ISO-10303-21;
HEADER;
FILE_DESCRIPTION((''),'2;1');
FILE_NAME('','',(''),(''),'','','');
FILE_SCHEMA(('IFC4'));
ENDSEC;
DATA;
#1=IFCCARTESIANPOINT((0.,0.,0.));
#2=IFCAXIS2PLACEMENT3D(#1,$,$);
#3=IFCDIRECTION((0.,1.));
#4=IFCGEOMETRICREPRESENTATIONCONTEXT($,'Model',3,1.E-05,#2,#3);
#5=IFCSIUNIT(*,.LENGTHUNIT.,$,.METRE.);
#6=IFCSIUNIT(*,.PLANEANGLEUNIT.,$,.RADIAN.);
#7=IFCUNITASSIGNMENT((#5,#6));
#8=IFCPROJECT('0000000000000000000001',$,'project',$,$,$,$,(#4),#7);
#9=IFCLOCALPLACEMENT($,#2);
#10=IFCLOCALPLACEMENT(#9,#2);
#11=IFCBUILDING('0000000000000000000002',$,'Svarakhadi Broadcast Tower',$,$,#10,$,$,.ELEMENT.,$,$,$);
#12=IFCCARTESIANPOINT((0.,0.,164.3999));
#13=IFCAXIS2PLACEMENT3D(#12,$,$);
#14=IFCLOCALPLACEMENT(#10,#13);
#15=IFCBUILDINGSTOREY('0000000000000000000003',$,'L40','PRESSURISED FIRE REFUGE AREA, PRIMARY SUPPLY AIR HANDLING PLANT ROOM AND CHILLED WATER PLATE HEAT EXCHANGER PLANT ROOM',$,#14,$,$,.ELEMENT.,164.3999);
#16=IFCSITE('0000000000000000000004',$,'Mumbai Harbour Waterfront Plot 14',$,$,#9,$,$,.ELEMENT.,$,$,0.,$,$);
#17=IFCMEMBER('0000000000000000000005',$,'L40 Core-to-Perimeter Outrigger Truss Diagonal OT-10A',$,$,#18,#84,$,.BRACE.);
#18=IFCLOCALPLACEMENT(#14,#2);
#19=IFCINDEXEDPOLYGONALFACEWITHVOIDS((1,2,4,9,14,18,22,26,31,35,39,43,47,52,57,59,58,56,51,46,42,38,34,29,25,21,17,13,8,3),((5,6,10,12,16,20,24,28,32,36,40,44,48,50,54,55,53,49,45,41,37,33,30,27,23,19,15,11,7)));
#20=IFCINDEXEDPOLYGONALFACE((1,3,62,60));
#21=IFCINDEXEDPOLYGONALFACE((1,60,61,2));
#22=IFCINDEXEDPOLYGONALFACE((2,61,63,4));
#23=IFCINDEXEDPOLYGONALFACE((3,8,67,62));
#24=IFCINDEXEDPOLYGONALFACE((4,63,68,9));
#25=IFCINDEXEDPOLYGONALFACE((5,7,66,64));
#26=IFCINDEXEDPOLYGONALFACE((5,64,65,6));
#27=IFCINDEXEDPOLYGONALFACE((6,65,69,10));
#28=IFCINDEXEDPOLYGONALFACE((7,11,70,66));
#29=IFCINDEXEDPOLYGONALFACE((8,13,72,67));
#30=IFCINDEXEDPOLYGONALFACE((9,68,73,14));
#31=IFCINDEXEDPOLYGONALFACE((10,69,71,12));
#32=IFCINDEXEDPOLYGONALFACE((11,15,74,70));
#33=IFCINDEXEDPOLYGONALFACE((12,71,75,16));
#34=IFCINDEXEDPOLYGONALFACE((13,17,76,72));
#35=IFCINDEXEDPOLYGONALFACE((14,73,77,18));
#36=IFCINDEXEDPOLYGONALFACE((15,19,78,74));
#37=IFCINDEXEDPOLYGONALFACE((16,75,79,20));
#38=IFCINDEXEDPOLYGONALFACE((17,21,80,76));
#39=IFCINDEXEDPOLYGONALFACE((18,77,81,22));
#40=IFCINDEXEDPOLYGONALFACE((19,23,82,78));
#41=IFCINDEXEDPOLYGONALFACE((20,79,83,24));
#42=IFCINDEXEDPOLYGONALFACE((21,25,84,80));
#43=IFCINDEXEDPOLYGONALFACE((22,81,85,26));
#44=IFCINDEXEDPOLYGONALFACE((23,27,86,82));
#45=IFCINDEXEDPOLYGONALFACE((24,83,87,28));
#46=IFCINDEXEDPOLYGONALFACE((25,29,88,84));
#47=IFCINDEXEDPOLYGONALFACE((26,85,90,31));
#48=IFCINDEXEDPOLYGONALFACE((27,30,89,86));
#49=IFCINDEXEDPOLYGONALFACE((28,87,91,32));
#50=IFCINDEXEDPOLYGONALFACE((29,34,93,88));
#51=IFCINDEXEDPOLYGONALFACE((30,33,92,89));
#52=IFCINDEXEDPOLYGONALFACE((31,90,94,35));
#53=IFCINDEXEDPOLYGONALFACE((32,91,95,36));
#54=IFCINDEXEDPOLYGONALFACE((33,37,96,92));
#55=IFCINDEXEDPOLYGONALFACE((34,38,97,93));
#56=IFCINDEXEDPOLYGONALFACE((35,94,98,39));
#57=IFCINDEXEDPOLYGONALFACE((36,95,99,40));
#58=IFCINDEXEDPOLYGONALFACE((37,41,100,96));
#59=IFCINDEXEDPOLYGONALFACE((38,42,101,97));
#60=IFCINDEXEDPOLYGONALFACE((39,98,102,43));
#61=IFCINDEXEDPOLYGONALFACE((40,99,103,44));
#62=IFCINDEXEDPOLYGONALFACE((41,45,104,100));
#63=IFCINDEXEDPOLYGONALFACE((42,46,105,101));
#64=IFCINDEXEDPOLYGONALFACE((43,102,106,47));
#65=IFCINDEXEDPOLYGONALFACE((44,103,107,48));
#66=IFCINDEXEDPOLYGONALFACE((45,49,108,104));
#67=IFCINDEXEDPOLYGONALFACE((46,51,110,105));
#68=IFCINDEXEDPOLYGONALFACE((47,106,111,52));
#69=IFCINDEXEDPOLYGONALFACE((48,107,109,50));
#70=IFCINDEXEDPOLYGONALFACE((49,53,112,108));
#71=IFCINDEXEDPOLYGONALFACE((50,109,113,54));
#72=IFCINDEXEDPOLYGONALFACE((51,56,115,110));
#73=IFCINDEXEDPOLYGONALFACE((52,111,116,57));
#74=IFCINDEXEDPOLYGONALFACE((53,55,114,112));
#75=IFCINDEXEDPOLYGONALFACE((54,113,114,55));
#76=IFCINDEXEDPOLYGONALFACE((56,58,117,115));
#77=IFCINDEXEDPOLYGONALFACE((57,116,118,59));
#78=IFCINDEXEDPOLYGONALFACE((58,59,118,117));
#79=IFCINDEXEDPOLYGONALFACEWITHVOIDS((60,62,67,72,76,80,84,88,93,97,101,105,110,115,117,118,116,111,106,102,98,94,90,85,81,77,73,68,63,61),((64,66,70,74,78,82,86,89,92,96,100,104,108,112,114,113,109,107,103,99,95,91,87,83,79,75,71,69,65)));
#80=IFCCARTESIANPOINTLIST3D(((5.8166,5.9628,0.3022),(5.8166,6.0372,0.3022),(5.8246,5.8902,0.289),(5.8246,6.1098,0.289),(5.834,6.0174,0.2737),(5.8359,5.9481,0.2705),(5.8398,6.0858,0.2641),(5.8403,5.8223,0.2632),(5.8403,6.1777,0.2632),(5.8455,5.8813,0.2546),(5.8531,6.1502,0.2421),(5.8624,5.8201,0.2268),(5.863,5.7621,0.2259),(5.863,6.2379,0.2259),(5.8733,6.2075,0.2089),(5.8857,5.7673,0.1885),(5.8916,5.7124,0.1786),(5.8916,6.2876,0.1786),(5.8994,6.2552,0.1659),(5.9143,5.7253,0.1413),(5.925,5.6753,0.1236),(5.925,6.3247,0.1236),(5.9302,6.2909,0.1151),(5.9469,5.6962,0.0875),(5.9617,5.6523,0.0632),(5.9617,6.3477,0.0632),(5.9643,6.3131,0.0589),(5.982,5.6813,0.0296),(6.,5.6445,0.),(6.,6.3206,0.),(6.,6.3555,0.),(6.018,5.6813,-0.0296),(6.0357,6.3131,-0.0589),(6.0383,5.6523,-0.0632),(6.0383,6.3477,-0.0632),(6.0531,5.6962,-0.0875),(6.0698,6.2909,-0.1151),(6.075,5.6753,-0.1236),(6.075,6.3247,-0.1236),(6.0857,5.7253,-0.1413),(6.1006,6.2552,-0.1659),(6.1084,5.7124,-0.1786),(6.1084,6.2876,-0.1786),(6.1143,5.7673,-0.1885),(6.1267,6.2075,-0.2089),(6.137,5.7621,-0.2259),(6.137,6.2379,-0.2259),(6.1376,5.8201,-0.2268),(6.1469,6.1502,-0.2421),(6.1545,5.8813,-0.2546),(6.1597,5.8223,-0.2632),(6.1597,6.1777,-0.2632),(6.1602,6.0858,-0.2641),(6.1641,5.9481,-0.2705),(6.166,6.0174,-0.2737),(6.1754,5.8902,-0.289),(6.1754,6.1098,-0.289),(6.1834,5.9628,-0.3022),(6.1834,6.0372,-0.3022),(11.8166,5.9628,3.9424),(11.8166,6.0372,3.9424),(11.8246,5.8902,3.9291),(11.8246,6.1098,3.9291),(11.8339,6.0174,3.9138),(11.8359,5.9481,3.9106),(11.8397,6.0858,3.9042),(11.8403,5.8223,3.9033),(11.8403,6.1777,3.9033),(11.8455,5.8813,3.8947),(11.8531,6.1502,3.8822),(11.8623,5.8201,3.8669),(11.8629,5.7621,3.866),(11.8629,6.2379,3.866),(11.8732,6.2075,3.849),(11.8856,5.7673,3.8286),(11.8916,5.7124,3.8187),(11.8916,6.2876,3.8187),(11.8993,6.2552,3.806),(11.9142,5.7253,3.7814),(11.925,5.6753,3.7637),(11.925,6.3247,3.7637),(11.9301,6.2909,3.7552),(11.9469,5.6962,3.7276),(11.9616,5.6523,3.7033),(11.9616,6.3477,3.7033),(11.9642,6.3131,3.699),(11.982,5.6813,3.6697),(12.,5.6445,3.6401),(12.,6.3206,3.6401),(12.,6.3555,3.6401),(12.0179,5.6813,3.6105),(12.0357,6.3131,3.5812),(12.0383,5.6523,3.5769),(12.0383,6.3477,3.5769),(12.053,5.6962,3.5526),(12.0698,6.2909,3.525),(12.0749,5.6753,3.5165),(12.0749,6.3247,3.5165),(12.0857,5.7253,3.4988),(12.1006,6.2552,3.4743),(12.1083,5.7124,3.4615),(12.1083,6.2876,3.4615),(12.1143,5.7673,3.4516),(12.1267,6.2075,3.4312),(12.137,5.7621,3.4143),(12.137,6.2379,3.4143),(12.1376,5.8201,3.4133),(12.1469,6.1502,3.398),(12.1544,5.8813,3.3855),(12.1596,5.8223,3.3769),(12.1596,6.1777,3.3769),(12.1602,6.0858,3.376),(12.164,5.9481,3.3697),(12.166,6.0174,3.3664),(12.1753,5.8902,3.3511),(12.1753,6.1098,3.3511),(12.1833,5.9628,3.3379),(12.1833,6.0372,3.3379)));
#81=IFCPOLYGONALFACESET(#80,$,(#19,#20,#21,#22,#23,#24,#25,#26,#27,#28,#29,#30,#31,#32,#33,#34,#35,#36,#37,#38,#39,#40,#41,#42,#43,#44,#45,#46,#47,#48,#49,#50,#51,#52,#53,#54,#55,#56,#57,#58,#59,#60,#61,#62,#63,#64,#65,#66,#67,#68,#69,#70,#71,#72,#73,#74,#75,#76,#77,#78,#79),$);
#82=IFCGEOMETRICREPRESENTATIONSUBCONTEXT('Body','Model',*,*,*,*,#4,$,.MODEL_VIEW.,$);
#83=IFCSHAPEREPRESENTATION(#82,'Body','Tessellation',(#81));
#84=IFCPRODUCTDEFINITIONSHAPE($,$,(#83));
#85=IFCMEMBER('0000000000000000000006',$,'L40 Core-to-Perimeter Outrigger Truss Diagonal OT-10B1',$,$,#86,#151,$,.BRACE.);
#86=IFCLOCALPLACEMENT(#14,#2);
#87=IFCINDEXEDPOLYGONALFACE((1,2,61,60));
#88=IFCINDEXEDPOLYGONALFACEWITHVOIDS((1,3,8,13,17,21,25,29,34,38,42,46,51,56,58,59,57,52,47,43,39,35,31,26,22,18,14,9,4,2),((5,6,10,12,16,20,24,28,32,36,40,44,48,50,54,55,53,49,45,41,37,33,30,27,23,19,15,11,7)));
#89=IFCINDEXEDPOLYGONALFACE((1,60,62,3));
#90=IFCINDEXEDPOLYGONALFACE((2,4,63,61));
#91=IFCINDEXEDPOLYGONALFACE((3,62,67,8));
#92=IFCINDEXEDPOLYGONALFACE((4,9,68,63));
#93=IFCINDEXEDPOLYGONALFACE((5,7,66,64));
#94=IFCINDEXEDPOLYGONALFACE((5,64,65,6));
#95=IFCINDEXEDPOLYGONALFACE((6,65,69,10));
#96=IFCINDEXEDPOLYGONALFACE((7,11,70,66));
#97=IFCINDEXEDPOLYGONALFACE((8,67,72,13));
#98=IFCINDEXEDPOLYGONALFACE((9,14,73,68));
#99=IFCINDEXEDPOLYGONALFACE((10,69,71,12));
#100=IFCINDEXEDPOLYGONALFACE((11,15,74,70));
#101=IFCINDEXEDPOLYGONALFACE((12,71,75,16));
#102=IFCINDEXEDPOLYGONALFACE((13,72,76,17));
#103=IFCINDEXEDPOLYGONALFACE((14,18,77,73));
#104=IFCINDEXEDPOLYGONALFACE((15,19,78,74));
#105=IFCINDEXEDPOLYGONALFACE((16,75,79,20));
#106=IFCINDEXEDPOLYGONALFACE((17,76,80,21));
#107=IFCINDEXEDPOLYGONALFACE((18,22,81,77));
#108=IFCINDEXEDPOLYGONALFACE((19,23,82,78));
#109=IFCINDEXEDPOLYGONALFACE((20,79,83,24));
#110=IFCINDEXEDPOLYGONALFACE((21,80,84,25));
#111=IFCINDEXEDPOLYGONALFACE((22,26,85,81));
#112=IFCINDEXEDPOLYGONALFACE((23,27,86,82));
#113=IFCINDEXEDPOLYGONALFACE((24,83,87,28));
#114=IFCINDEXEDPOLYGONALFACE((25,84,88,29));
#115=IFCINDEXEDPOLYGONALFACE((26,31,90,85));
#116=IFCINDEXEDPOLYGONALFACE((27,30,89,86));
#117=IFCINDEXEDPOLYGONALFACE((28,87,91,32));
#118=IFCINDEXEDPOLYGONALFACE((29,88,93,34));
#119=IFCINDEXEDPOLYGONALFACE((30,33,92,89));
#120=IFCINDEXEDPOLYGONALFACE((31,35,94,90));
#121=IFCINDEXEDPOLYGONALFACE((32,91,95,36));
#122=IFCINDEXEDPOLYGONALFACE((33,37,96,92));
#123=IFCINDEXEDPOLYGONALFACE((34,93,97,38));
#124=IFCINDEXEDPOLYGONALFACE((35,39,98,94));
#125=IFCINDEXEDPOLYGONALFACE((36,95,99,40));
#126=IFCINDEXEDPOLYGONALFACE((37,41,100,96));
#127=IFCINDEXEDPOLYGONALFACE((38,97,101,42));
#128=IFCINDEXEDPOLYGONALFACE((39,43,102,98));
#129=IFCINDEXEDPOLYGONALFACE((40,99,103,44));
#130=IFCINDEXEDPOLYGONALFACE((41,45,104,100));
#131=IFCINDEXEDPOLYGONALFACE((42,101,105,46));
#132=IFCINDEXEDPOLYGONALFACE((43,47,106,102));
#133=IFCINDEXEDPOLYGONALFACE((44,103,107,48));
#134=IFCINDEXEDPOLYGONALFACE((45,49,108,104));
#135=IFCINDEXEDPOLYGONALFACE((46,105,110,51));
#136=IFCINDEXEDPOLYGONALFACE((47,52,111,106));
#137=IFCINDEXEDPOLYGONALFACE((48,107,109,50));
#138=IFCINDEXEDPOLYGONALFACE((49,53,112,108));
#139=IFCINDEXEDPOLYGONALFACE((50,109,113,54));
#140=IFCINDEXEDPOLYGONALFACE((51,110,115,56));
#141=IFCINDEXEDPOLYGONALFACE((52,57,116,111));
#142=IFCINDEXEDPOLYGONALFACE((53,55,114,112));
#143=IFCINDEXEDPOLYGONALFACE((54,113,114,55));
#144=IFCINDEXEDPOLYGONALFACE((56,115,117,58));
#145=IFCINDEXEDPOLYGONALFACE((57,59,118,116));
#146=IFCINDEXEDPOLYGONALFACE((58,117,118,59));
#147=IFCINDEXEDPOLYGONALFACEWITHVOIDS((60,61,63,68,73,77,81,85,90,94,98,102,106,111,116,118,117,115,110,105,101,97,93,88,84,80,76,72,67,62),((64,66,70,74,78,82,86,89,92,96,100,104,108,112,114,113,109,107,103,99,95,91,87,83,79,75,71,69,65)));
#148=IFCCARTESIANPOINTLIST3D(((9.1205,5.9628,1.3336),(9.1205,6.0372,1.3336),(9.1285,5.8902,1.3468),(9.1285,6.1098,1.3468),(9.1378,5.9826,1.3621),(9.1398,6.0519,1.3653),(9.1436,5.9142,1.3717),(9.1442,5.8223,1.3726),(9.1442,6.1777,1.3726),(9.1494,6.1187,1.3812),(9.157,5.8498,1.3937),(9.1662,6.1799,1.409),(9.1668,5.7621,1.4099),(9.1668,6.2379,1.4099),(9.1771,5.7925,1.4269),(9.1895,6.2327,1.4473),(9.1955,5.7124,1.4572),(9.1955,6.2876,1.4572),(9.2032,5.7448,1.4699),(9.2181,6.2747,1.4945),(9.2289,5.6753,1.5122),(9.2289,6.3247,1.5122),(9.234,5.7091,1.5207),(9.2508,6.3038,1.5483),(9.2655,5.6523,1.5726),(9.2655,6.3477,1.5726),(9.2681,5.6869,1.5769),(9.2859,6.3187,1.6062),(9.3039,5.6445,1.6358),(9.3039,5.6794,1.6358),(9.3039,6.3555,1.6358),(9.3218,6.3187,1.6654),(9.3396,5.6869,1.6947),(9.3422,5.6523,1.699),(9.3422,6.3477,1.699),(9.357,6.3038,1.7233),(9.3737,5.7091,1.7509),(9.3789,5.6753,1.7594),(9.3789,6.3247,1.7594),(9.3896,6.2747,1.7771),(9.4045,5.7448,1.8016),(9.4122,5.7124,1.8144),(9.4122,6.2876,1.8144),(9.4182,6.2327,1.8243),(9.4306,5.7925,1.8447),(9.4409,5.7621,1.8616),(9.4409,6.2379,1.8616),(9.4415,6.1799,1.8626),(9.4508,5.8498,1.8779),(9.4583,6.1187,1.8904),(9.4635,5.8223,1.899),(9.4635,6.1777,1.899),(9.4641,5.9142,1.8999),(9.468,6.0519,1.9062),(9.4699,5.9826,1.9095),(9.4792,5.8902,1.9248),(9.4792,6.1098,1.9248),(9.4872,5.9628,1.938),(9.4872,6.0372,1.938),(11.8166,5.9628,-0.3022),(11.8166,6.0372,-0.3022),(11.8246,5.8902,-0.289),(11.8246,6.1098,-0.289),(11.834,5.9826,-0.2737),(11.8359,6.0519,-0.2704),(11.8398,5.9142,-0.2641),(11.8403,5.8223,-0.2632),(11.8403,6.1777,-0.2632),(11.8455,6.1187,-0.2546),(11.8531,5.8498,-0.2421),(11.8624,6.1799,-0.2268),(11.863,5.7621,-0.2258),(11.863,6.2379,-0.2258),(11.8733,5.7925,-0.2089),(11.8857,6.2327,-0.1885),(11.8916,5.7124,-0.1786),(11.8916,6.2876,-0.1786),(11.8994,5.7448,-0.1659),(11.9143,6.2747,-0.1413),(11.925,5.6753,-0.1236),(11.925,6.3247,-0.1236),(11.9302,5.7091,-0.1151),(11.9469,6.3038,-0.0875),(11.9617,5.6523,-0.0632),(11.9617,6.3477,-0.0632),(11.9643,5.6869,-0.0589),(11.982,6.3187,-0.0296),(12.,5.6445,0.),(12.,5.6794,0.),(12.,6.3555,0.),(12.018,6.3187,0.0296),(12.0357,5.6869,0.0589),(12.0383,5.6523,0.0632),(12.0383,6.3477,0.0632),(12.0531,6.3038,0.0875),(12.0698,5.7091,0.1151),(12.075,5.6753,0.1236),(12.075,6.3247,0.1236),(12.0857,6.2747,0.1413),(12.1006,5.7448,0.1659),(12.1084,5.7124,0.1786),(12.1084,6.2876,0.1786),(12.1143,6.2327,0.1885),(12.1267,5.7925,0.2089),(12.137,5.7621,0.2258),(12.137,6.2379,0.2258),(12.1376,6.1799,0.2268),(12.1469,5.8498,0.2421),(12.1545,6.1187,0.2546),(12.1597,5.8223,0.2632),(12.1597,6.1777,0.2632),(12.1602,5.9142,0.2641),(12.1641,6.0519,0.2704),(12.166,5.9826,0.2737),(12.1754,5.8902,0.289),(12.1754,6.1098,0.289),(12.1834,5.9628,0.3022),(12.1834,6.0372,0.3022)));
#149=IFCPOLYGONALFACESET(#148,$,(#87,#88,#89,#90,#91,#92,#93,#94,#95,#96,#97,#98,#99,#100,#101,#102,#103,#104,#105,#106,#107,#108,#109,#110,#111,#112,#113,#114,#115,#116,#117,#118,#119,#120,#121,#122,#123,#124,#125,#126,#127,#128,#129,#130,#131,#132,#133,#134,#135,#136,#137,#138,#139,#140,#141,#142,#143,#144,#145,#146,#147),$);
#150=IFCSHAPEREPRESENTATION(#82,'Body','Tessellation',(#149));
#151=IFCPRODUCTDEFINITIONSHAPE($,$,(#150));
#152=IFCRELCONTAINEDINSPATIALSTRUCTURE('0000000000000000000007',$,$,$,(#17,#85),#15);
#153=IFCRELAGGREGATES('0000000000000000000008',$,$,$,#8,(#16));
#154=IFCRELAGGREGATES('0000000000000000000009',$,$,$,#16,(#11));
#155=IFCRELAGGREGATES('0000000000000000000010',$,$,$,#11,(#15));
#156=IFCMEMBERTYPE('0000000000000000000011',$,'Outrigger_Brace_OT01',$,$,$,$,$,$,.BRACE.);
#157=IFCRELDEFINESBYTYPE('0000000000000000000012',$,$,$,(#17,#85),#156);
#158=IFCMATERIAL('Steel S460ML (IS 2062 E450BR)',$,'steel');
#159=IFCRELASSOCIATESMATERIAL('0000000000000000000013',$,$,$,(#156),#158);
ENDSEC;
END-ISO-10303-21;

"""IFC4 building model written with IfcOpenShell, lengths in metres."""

from ifc_helpers import new_model, si_unit, direction, frame, origin, origin_2d, place, context, subcontext, project, spatial, hollow_circle, extrude, material, material_profile, profile_set, type_object, element, save


model = new_model("IFC4")

# Units and contexts
model_context = context("Model", 3, precision=1e-05, world=origin(), true_north=direction((0.0, 1.0)))
body_context = subcontext(model_context, "Body", "Model", "MODEL_VIEW")
ifc_project = project(units=[si_unit("LENGTHUNIT", "METRE"), si_unit("PLANEANGLEUNIT", "RADIAN")], contexts=[model_context])

# Site, building, storey
site_placement = place(None, origin())
site = spatial("IfcSite", under=ifc_project, at=site_placement, Name="Mumbai Harbour Waterfront Plot 14", CompositionType="ELEMENT", RefElevation=0.0)
building_placement = place(site_placement, origin())
building = spatial("IfcBuilding", under=site, at=building_placement, Name="Svarakhadi Broadcast Tower", CompositionType="ELEMENT")
storey_placement = place(building_placement, frame((0.0, 0.0, 164.3999)))
storey = spatial("IfcBuildingStorey", under=building, at=storey_placement, Name="L40", Description="PRESSURISED FIRE REFUGE AREA, PRIMARY SUPPLY AIR HANDLING PLANT ROOM AND CHILLED WATER PLATE HEAT EXCHANGER PLANT ROOM", CompositionType="ELEMENT", Elevation=164.3999)

# Shared definitions
ifc_material_1 = material(Name="Steel S460ML (IS 2062 E450BR)", Category="steel")

# Members
ifc_material_profile_1 = material_profile(ifc_material_1, hollow_circle(Radius=0.3555, WallThickness=0.0349, at=origin_2d()), Name="CHS 711x35")
ifc_profile_set_1 = profile_set([ifc_material_profile_1], Name="Steel S460ML (IS 2062 E450BR)")
member_type_1 = type_object("IfcMemberType", Name="Outrigger_Brace_OT01", PredefinedType="BRACE", material=ifc_profile_set_1)
member_1_placement = place(storey_placement, frame((6.0, 6.0, 0.0), z_axis=(0.854959, 0.0, 0.518695), x_axis=(0.0, 1.0, 0.0)))
element("IfcMember", 1, at=member_1_placement, inside=storey, type_object=member_type_1, Name="L40 Core-to-Perimeter Outrigger Truss Diagonal OT-10A", PredefinedType="BRACE", context=body_context, shape_type="SweptSolid", body=[
    extrude(hollow_circle(Radius=0.3555, WallThickness=0.0349, at=origin_2d()), origin(), (0.0, 0.0, 1.0), 7.0178),
])
for number, where, z_axis, x_axis, name in (
    (2, (12.0, 6.0, 0.0), (-0.854948, 0.0, 0.518713), (0.0, -1.0, 0.0), "L40 Core-to-Perimeter Outrigger Truss Diagonal OT-10B1"),
):
    element("IfcMember", number, at=place(storey_placement, frame(where, z_axis=z_axis, x_axis=x_axis)), inside=storey, type_object=member_type_1, Name=name, PredefinedType="BRACE", context=body_context, shape_type="SweptSolid", body=[
        extrude(hollow_circle(Radius=0.3555, WallThickness=0.0349, at=origin_2d()), origin(), (0.0, 0.0, 1.0), 3.1536),
    ])

save(model, "model.ifc")
